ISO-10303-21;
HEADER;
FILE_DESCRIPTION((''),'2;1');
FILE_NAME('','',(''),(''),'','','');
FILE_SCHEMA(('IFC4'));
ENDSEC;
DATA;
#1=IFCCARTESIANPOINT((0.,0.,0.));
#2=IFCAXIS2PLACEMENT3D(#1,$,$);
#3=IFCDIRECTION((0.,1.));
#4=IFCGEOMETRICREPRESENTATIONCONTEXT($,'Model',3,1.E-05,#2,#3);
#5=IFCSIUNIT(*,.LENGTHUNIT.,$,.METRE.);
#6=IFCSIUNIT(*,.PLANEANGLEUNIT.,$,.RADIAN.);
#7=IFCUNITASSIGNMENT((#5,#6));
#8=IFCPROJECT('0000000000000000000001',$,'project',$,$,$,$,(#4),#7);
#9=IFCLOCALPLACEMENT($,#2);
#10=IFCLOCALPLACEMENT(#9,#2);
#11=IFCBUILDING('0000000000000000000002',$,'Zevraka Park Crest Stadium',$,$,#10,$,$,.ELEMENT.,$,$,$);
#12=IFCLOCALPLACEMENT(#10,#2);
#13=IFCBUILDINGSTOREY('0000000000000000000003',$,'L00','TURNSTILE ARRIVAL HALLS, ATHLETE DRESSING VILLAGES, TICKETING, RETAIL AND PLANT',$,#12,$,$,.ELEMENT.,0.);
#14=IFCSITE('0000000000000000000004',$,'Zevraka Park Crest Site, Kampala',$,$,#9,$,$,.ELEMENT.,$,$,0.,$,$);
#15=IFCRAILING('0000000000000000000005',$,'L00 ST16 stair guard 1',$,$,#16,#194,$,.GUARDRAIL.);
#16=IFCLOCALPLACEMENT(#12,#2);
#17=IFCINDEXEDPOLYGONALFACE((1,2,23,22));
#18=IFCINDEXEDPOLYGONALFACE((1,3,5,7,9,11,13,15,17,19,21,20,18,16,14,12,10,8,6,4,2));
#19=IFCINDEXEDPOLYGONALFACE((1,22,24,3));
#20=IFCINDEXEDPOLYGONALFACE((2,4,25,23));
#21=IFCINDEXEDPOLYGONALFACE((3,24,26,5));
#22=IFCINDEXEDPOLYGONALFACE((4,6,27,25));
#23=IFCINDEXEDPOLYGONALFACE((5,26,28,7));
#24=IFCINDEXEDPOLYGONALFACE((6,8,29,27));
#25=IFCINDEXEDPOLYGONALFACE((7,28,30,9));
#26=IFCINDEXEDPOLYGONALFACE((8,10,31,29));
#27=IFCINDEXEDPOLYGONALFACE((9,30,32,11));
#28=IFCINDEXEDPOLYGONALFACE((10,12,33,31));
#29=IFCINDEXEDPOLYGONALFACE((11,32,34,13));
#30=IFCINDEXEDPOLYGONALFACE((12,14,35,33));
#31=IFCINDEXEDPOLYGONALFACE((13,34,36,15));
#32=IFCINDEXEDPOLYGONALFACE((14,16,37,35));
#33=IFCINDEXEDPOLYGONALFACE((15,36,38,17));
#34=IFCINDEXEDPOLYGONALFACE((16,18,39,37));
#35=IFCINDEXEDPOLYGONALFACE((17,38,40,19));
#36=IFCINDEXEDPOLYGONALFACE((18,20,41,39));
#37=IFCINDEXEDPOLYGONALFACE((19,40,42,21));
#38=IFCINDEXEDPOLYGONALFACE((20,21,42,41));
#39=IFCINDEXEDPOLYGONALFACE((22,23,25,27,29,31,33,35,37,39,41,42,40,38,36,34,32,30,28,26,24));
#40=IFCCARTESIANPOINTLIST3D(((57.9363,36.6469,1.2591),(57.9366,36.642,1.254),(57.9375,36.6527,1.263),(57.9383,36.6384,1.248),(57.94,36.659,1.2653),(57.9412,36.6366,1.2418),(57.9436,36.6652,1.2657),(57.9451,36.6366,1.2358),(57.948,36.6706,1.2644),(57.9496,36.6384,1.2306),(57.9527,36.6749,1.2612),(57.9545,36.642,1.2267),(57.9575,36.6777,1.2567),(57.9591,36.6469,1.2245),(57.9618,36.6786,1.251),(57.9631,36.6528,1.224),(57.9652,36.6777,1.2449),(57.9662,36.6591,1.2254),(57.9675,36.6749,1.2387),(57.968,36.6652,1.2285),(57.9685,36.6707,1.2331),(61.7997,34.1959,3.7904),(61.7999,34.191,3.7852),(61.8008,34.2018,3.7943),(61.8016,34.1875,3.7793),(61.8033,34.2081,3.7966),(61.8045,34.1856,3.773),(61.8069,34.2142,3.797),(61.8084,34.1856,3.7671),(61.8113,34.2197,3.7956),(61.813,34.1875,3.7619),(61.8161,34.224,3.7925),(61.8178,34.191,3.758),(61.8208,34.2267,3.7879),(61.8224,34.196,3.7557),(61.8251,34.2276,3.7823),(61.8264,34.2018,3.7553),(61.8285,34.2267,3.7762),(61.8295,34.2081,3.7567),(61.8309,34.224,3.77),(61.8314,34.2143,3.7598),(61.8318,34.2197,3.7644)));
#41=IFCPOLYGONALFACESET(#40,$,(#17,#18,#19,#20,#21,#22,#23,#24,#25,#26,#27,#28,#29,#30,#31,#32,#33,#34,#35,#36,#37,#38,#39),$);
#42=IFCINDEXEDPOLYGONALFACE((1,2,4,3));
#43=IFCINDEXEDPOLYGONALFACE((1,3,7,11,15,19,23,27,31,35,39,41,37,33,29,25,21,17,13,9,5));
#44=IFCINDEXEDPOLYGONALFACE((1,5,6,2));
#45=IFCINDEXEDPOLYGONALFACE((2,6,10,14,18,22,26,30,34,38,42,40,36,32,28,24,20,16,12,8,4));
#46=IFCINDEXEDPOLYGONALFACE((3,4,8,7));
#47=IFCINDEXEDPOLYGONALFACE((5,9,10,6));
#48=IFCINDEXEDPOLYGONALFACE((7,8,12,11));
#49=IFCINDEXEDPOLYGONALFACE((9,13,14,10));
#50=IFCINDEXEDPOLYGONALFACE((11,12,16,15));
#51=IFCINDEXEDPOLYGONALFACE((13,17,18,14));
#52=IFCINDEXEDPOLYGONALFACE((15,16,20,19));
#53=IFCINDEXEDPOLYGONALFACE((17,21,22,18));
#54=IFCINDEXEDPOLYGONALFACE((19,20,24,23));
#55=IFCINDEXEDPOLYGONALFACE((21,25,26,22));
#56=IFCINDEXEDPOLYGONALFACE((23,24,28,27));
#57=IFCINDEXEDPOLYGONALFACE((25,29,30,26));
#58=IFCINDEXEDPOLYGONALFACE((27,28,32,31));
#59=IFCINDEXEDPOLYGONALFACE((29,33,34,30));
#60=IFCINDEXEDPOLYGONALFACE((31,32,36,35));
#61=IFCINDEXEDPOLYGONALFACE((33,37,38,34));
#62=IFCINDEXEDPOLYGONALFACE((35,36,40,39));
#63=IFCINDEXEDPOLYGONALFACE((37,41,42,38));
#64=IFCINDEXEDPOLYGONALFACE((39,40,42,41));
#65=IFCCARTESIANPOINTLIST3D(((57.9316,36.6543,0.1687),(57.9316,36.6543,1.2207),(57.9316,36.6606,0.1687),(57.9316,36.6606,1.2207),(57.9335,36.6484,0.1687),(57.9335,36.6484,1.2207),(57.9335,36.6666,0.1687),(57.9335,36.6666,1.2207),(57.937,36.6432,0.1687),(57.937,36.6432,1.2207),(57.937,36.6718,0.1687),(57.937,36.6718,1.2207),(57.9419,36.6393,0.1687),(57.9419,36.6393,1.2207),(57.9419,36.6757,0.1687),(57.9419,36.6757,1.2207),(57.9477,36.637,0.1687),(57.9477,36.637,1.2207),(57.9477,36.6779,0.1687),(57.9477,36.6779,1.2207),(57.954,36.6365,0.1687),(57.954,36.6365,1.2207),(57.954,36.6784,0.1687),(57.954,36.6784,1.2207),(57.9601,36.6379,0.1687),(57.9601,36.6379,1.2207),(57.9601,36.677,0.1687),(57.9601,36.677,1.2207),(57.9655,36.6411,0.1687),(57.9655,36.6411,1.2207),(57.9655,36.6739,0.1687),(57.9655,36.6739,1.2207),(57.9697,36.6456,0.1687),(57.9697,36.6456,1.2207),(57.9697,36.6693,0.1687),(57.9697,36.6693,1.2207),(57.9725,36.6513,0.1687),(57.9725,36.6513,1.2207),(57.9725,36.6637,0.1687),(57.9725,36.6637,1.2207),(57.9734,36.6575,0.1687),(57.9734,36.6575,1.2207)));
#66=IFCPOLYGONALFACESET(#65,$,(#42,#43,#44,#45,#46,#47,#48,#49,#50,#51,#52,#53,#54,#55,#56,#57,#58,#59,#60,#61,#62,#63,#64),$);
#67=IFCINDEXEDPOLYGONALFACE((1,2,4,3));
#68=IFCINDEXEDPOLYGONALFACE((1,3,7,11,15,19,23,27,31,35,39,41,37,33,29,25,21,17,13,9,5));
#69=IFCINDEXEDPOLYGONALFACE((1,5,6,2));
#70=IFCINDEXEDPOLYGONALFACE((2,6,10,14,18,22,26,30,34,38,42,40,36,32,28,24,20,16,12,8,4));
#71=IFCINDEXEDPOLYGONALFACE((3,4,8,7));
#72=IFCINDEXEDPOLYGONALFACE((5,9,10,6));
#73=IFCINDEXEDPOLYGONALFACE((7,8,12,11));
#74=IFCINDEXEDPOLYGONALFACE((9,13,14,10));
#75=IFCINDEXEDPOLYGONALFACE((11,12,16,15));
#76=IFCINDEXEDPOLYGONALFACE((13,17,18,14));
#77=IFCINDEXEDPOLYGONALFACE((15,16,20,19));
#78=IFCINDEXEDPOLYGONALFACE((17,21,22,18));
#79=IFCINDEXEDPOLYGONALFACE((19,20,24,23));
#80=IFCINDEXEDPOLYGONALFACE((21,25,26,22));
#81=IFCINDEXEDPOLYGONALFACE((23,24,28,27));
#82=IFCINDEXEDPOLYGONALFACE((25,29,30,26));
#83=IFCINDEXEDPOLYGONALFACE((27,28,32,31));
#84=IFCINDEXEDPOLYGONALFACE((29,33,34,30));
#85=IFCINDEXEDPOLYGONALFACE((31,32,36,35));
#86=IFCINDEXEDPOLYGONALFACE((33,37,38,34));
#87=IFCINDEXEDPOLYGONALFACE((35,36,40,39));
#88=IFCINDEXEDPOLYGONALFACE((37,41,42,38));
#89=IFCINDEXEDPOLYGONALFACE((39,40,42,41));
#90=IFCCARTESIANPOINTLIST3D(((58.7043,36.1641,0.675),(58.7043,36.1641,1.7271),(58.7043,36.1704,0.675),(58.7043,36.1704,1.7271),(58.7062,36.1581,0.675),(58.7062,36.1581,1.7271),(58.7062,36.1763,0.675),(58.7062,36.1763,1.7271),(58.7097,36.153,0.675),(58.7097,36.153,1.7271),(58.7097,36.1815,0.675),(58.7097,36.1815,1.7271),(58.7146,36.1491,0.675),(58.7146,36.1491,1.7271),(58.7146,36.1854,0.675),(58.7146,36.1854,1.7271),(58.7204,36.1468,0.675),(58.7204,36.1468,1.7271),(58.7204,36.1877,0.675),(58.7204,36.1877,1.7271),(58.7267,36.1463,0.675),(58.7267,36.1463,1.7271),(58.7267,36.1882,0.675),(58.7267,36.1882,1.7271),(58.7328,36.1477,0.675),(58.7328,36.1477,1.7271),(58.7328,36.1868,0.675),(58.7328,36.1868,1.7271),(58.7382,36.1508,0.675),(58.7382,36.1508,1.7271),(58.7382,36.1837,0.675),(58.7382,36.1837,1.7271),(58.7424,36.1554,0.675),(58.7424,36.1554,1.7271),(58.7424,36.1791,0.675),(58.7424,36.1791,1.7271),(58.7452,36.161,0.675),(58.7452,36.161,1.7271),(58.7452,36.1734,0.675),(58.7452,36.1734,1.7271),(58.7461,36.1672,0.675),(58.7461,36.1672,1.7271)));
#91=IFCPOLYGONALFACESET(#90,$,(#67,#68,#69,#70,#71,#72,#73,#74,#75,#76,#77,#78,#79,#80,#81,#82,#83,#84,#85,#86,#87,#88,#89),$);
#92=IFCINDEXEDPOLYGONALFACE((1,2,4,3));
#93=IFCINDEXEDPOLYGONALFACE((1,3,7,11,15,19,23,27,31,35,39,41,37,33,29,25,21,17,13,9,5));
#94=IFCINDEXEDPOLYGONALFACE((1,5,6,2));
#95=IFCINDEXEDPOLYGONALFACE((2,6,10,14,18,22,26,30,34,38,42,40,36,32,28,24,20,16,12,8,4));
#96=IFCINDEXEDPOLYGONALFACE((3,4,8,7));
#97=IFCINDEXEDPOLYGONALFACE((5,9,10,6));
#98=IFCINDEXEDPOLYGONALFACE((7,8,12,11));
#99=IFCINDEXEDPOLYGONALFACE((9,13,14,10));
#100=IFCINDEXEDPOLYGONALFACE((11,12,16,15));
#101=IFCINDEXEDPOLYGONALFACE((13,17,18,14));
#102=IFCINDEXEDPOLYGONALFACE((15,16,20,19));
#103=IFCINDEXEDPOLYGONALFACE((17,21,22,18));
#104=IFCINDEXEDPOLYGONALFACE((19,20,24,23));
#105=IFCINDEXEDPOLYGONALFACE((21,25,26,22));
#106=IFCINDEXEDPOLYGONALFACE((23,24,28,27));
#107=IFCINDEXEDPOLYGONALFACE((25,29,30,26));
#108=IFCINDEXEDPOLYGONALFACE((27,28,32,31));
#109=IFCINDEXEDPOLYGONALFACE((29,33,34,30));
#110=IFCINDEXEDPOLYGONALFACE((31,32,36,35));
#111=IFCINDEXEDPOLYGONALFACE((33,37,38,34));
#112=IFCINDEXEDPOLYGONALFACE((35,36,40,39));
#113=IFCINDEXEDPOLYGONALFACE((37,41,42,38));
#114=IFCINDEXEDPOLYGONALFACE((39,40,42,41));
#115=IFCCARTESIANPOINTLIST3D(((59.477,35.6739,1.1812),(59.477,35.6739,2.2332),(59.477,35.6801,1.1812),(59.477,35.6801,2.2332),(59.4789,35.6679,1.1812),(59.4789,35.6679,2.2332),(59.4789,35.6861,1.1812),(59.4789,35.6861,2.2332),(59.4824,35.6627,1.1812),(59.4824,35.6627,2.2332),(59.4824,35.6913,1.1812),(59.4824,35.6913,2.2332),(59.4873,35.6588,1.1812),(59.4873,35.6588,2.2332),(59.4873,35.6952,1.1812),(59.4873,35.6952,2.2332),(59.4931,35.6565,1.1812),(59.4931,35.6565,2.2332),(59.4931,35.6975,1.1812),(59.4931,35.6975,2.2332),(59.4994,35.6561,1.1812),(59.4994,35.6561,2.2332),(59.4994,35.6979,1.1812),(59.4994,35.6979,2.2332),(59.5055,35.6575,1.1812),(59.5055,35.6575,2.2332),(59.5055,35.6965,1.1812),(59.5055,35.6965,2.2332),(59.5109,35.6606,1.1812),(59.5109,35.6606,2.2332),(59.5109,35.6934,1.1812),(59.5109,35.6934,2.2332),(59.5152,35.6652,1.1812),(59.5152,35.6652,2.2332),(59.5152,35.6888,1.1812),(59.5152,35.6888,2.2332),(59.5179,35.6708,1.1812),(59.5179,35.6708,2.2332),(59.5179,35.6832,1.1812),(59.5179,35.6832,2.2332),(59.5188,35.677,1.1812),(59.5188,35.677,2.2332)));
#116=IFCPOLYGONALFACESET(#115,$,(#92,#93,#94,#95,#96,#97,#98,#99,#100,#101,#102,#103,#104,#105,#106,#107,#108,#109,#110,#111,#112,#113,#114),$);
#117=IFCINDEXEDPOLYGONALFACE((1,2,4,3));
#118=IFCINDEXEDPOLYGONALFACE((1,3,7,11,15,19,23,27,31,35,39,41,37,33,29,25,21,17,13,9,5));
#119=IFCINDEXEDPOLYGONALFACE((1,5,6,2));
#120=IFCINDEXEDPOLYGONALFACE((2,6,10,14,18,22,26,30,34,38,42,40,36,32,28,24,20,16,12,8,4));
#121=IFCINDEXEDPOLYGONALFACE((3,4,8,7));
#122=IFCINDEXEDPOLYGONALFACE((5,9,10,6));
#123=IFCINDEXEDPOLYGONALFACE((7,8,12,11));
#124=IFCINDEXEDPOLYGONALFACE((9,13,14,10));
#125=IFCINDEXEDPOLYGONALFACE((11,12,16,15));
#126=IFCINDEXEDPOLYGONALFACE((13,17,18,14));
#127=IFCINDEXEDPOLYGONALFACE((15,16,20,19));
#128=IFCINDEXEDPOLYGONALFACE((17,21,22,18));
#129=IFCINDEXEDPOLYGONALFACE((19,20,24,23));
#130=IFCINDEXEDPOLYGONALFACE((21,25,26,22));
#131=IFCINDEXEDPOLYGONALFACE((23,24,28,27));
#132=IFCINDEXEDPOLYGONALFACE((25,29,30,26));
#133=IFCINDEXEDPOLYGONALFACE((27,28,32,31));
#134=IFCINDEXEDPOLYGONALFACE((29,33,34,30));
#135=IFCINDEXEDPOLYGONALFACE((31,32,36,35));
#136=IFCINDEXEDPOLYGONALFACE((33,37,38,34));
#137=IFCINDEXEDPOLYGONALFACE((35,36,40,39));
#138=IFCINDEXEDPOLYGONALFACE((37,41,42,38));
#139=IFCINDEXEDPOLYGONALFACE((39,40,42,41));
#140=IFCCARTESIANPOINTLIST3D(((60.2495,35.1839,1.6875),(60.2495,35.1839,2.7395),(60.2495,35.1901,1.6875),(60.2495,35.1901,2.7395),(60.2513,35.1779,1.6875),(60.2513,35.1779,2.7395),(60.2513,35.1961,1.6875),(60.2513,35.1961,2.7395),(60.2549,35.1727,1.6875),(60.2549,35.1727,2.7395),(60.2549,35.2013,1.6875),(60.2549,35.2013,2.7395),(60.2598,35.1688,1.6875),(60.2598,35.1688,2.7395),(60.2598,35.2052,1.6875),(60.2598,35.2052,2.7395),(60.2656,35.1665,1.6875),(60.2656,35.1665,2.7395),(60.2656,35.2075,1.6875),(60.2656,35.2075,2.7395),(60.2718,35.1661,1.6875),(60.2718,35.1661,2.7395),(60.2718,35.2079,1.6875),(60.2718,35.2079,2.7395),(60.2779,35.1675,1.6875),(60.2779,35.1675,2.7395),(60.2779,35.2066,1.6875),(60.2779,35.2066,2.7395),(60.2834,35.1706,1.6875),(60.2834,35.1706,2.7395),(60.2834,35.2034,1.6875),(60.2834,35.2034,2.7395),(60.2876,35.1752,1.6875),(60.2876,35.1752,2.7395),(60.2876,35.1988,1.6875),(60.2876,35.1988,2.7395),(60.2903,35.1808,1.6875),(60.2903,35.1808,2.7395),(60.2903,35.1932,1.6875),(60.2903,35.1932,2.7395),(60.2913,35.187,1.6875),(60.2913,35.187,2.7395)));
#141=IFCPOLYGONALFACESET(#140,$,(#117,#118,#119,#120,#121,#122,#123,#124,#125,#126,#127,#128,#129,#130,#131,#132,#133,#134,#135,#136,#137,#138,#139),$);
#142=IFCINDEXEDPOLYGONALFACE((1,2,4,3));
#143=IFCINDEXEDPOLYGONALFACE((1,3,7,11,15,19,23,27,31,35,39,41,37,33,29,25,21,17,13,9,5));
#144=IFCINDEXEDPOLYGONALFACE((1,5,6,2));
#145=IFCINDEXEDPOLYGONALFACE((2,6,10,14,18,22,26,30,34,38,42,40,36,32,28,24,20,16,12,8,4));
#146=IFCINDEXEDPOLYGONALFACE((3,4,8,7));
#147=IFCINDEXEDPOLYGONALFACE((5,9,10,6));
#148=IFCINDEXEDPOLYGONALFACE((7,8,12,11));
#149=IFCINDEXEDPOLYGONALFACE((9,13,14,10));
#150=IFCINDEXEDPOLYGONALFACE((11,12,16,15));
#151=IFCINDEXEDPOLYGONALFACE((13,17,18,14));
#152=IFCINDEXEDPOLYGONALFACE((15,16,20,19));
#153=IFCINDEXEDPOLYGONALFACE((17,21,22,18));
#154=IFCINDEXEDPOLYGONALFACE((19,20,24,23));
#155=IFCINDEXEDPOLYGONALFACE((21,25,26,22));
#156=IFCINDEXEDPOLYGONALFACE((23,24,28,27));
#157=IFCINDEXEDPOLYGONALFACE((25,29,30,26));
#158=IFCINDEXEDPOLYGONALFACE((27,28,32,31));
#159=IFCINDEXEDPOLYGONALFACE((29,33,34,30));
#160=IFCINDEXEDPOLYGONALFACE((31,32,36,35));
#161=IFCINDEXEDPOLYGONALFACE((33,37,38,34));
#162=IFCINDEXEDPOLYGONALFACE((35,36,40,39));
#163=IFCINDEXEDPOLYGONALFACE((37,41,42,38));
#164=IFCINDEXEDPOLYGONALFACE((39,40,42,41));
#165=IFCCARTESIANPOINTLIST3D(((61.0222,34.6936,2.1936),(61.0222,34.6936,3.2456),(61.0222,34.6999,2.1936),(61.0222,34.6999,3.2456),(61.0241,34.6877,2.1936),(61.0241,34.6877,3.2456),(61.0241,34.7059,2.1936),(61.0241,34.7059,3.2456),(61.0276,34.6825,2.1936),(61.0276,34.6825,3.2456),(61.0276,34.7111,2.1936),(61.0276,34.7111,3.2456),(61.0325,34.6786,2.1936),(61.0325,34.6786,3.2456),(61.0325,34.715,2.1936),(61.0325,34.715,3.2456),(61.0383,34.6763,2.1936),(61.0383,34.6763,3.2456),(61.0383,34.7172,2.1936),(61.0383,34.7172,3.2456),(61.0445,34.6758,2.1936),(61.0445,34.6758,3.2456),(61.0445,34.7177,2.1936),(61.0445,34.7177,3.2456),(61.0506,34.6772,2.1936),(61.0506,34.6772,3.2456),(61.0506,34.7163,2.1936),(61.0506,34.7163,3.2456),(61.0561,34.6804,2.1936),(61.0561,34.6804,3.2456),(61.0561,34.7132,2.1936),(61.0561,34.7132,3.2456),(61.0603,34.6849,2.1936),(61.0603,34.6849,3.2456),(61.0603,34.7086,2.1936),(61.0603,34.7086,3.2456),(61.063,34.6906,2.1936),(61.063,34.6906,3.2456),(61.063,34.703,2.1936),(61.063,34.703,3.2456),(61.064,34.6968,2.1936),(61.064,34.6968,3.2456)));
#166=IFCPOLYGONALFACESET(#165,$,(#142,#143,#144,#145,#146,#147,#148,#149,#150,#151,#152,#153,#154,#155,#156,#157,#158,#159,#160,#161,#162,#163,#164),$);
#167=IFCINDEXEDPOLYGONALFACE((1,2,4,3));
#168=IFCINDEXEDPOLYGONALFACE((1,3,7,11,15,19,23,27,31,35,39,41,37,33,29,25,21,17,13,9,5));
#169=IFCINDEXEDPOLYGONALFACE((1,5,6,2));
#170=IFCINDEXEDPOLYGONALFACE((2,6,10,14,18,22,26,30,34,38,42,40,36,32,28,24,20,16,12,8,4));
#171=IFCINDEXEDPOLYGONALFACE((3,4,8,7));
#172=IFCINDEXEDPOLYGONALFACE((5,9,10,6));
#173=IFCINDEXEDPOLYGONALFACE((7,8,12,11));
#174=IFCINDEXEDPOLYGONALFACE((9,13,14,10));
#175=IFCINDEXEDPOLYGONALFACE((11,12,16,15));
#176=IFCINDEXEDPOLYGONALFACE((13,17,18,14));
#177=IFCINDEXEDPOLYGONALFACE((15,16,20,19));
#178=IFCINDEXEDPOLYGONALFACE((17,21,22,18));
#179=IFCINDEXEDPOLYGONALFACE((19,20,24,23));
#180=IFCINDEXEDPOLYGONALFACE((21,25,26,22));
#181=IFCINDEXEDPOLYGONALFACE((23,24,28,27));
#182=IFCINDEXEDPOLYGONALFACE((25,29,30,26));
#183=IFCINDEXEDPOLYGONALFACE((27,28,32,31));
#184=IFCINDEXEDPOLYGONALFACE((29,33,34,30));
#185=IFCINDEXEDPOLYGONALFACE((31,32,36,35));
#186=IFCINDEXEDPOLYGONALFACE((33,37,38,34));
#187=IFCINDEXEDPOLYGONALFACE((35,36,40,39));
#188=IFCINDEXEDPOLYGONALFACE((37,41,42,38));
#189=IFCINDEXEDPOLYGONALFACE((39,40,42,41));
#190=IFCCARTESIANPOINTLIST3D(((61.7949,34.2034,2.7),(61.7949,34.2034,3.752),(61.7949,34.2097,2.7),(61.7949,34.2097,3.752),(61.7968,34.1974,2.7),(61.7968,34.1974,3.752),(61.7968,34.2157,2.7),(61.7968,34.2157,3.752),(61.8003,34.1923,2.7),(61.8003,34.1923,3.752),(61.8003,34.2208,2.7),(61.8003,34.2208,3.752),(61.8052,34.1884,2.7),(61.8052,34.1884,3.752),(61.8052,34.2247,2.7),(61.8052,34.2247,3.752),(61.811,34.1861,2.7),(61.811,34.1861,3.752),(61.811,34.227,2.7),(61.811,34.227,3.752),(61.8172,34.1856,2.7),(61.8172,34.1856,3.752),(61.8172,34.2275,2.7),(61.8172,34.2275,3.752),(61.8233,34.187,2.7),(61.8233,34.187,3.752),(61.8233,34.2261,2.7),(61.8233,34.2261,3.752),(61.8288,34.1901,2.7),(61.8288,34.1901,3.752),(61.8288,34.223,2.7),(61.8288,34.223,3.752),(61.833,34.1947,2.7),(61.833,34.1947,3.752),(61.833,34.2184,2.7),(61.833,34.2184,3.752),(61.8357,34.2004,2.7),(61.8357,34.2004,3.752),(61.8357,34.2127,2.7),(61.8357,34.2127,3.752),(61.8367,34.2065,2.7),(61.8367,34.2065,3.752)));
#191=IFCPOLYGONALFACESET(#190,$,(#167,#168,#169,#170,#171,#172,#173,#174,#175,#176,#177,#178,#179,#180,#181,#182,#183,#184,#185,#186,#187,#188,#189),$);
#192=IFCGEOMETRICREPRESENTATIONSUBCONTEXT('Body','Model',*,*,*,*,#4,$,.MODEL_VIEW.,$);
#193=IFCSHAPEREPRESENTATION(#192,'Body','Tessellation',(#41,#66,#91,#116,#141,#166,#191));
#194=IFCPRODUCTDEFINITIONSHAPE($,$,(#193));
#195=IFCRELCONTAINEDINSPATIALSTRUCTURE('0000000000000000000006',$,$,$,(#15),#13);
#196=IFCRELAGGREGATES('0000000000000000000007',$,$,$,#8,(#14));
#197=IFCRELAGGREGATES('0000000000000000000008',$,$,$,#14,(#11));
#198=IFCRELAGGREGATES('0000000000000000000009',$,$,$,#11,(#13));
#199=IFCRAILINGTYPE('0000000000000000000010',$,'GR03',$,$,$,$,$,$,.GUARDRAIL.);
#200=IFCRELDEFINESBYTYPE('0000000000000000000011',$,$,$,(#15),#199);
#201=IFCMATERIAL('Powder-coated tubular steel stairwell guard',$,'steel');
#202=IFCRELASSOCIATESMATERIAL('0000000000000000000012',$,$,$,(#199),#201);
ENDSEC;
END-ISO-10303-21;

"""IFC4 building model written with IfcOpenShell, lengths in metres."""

from ifc_helpers import new_model, si_unit, direction, frame, origin, origin_2d, place, context, subcontext, project, spatial, circle, extrude, material, type_object, element, save


model = new_model("IFC4")

# Units and contexts
model_context = context("Model", 3, precision=1e-05, world=origin(), true_north=direction((0.0, 1.0)))
body_context = subcontext(model_context, "Body", "Model", "MODEL_VIEW")
ifc_project = project(units=[si_unit("LENGTHUNIT", "METRE"), si_unit("PLANEANGLEUNIT", "RADIAN")], contexts=[model_context])

# Site, building, storey
site_placement = place(None, origin())
site = spatial("IfcSite", under=ifc_project, at=site_placement, Name="Zevraka Park Crest Site, Kampala", CompositionType="ELEMENT", RefElevation=0.0)
building_placement = place(site_placement, origin())
building = spatial("IfcBuilding", under=site, at=building_placement, Name="Zevraka Park Crest Stadium", CompositionType="ELEMENT")
storey_placement = place(building_placement, origin())
storey = spatial("IfcBuildingStorey", under=building, at=storey_placement, Name="L00", Description="TURNSTILE ARRIVAL HALLS, ATHLETE DRESSING VILLAGES, TICKETING, RETAIL AND PLANT", CompositionType="ELEMENT", Elevation=0.0)

# Railing
ifc_material_1 = material(Name="Powder-coated tubular steel stairwell guard", Category="steel")
railing_type_1 = type_object("IfcRailingType", Name="GR03", PredefinedType="GUARDRAIL", material=ifc_material_1)
railing_1_placement = place(storey_placement, frame((57.9524, 36.6575, 0.1687)))
element("IfcRailing", 1, at=railing_1_placement, inside=storey, type_object=railing_type_1, Name="L00 ST16 stair guard 1", PredefinedType="GUARDRAIL", context=body_context, shape_type="SweptSolid", body=[
    extrude(circle(Radius=0.0239, at=origin_2d()), frame((0.0, 0.0, 1.0762), z_axis=(0.738862, -0.468746, 0.484108), x_axis=(0.535704, 0.844406, 0.0)), (0.0, 0.0, 1.0), 5.2288),
    extrude(circle(Radius=0.021, at=origin_2d()), origin(), (0.0, 0.0, 1.0), 1.052),
    extrude(circle(Radius=0.021, at=origin_2d()), frame((0.7727, -0.4902, 0.5063)), (0.0, 0.0, 1.0), 1.052),
    extrude(circle(Radius=0.021, at=origin_2d()), frame((1.5454, -0.9805, 1.0125)), (0.0, 0.0, 1.0), 1.052),
    extrude(circle(Radius=0.021, at=origin_2d()), frame((2.3179, -1.4705, 1.5188)), (0.0, 0.0, 1.0), 1.052),
    extrude(circle(Radius=0.021, at=origin_2d()), frame((3.0906, -1.9607, 2.0249)), (0.0, 0.0, 1.0), 1.052),
    extrude(circle(Radius=0.021, at=origin_2d()), frame((3.8633, -2.4509, 2.5312)), (0.0, 0.0, 1.0), 1.052),
])

save(model, "model.ifc")
